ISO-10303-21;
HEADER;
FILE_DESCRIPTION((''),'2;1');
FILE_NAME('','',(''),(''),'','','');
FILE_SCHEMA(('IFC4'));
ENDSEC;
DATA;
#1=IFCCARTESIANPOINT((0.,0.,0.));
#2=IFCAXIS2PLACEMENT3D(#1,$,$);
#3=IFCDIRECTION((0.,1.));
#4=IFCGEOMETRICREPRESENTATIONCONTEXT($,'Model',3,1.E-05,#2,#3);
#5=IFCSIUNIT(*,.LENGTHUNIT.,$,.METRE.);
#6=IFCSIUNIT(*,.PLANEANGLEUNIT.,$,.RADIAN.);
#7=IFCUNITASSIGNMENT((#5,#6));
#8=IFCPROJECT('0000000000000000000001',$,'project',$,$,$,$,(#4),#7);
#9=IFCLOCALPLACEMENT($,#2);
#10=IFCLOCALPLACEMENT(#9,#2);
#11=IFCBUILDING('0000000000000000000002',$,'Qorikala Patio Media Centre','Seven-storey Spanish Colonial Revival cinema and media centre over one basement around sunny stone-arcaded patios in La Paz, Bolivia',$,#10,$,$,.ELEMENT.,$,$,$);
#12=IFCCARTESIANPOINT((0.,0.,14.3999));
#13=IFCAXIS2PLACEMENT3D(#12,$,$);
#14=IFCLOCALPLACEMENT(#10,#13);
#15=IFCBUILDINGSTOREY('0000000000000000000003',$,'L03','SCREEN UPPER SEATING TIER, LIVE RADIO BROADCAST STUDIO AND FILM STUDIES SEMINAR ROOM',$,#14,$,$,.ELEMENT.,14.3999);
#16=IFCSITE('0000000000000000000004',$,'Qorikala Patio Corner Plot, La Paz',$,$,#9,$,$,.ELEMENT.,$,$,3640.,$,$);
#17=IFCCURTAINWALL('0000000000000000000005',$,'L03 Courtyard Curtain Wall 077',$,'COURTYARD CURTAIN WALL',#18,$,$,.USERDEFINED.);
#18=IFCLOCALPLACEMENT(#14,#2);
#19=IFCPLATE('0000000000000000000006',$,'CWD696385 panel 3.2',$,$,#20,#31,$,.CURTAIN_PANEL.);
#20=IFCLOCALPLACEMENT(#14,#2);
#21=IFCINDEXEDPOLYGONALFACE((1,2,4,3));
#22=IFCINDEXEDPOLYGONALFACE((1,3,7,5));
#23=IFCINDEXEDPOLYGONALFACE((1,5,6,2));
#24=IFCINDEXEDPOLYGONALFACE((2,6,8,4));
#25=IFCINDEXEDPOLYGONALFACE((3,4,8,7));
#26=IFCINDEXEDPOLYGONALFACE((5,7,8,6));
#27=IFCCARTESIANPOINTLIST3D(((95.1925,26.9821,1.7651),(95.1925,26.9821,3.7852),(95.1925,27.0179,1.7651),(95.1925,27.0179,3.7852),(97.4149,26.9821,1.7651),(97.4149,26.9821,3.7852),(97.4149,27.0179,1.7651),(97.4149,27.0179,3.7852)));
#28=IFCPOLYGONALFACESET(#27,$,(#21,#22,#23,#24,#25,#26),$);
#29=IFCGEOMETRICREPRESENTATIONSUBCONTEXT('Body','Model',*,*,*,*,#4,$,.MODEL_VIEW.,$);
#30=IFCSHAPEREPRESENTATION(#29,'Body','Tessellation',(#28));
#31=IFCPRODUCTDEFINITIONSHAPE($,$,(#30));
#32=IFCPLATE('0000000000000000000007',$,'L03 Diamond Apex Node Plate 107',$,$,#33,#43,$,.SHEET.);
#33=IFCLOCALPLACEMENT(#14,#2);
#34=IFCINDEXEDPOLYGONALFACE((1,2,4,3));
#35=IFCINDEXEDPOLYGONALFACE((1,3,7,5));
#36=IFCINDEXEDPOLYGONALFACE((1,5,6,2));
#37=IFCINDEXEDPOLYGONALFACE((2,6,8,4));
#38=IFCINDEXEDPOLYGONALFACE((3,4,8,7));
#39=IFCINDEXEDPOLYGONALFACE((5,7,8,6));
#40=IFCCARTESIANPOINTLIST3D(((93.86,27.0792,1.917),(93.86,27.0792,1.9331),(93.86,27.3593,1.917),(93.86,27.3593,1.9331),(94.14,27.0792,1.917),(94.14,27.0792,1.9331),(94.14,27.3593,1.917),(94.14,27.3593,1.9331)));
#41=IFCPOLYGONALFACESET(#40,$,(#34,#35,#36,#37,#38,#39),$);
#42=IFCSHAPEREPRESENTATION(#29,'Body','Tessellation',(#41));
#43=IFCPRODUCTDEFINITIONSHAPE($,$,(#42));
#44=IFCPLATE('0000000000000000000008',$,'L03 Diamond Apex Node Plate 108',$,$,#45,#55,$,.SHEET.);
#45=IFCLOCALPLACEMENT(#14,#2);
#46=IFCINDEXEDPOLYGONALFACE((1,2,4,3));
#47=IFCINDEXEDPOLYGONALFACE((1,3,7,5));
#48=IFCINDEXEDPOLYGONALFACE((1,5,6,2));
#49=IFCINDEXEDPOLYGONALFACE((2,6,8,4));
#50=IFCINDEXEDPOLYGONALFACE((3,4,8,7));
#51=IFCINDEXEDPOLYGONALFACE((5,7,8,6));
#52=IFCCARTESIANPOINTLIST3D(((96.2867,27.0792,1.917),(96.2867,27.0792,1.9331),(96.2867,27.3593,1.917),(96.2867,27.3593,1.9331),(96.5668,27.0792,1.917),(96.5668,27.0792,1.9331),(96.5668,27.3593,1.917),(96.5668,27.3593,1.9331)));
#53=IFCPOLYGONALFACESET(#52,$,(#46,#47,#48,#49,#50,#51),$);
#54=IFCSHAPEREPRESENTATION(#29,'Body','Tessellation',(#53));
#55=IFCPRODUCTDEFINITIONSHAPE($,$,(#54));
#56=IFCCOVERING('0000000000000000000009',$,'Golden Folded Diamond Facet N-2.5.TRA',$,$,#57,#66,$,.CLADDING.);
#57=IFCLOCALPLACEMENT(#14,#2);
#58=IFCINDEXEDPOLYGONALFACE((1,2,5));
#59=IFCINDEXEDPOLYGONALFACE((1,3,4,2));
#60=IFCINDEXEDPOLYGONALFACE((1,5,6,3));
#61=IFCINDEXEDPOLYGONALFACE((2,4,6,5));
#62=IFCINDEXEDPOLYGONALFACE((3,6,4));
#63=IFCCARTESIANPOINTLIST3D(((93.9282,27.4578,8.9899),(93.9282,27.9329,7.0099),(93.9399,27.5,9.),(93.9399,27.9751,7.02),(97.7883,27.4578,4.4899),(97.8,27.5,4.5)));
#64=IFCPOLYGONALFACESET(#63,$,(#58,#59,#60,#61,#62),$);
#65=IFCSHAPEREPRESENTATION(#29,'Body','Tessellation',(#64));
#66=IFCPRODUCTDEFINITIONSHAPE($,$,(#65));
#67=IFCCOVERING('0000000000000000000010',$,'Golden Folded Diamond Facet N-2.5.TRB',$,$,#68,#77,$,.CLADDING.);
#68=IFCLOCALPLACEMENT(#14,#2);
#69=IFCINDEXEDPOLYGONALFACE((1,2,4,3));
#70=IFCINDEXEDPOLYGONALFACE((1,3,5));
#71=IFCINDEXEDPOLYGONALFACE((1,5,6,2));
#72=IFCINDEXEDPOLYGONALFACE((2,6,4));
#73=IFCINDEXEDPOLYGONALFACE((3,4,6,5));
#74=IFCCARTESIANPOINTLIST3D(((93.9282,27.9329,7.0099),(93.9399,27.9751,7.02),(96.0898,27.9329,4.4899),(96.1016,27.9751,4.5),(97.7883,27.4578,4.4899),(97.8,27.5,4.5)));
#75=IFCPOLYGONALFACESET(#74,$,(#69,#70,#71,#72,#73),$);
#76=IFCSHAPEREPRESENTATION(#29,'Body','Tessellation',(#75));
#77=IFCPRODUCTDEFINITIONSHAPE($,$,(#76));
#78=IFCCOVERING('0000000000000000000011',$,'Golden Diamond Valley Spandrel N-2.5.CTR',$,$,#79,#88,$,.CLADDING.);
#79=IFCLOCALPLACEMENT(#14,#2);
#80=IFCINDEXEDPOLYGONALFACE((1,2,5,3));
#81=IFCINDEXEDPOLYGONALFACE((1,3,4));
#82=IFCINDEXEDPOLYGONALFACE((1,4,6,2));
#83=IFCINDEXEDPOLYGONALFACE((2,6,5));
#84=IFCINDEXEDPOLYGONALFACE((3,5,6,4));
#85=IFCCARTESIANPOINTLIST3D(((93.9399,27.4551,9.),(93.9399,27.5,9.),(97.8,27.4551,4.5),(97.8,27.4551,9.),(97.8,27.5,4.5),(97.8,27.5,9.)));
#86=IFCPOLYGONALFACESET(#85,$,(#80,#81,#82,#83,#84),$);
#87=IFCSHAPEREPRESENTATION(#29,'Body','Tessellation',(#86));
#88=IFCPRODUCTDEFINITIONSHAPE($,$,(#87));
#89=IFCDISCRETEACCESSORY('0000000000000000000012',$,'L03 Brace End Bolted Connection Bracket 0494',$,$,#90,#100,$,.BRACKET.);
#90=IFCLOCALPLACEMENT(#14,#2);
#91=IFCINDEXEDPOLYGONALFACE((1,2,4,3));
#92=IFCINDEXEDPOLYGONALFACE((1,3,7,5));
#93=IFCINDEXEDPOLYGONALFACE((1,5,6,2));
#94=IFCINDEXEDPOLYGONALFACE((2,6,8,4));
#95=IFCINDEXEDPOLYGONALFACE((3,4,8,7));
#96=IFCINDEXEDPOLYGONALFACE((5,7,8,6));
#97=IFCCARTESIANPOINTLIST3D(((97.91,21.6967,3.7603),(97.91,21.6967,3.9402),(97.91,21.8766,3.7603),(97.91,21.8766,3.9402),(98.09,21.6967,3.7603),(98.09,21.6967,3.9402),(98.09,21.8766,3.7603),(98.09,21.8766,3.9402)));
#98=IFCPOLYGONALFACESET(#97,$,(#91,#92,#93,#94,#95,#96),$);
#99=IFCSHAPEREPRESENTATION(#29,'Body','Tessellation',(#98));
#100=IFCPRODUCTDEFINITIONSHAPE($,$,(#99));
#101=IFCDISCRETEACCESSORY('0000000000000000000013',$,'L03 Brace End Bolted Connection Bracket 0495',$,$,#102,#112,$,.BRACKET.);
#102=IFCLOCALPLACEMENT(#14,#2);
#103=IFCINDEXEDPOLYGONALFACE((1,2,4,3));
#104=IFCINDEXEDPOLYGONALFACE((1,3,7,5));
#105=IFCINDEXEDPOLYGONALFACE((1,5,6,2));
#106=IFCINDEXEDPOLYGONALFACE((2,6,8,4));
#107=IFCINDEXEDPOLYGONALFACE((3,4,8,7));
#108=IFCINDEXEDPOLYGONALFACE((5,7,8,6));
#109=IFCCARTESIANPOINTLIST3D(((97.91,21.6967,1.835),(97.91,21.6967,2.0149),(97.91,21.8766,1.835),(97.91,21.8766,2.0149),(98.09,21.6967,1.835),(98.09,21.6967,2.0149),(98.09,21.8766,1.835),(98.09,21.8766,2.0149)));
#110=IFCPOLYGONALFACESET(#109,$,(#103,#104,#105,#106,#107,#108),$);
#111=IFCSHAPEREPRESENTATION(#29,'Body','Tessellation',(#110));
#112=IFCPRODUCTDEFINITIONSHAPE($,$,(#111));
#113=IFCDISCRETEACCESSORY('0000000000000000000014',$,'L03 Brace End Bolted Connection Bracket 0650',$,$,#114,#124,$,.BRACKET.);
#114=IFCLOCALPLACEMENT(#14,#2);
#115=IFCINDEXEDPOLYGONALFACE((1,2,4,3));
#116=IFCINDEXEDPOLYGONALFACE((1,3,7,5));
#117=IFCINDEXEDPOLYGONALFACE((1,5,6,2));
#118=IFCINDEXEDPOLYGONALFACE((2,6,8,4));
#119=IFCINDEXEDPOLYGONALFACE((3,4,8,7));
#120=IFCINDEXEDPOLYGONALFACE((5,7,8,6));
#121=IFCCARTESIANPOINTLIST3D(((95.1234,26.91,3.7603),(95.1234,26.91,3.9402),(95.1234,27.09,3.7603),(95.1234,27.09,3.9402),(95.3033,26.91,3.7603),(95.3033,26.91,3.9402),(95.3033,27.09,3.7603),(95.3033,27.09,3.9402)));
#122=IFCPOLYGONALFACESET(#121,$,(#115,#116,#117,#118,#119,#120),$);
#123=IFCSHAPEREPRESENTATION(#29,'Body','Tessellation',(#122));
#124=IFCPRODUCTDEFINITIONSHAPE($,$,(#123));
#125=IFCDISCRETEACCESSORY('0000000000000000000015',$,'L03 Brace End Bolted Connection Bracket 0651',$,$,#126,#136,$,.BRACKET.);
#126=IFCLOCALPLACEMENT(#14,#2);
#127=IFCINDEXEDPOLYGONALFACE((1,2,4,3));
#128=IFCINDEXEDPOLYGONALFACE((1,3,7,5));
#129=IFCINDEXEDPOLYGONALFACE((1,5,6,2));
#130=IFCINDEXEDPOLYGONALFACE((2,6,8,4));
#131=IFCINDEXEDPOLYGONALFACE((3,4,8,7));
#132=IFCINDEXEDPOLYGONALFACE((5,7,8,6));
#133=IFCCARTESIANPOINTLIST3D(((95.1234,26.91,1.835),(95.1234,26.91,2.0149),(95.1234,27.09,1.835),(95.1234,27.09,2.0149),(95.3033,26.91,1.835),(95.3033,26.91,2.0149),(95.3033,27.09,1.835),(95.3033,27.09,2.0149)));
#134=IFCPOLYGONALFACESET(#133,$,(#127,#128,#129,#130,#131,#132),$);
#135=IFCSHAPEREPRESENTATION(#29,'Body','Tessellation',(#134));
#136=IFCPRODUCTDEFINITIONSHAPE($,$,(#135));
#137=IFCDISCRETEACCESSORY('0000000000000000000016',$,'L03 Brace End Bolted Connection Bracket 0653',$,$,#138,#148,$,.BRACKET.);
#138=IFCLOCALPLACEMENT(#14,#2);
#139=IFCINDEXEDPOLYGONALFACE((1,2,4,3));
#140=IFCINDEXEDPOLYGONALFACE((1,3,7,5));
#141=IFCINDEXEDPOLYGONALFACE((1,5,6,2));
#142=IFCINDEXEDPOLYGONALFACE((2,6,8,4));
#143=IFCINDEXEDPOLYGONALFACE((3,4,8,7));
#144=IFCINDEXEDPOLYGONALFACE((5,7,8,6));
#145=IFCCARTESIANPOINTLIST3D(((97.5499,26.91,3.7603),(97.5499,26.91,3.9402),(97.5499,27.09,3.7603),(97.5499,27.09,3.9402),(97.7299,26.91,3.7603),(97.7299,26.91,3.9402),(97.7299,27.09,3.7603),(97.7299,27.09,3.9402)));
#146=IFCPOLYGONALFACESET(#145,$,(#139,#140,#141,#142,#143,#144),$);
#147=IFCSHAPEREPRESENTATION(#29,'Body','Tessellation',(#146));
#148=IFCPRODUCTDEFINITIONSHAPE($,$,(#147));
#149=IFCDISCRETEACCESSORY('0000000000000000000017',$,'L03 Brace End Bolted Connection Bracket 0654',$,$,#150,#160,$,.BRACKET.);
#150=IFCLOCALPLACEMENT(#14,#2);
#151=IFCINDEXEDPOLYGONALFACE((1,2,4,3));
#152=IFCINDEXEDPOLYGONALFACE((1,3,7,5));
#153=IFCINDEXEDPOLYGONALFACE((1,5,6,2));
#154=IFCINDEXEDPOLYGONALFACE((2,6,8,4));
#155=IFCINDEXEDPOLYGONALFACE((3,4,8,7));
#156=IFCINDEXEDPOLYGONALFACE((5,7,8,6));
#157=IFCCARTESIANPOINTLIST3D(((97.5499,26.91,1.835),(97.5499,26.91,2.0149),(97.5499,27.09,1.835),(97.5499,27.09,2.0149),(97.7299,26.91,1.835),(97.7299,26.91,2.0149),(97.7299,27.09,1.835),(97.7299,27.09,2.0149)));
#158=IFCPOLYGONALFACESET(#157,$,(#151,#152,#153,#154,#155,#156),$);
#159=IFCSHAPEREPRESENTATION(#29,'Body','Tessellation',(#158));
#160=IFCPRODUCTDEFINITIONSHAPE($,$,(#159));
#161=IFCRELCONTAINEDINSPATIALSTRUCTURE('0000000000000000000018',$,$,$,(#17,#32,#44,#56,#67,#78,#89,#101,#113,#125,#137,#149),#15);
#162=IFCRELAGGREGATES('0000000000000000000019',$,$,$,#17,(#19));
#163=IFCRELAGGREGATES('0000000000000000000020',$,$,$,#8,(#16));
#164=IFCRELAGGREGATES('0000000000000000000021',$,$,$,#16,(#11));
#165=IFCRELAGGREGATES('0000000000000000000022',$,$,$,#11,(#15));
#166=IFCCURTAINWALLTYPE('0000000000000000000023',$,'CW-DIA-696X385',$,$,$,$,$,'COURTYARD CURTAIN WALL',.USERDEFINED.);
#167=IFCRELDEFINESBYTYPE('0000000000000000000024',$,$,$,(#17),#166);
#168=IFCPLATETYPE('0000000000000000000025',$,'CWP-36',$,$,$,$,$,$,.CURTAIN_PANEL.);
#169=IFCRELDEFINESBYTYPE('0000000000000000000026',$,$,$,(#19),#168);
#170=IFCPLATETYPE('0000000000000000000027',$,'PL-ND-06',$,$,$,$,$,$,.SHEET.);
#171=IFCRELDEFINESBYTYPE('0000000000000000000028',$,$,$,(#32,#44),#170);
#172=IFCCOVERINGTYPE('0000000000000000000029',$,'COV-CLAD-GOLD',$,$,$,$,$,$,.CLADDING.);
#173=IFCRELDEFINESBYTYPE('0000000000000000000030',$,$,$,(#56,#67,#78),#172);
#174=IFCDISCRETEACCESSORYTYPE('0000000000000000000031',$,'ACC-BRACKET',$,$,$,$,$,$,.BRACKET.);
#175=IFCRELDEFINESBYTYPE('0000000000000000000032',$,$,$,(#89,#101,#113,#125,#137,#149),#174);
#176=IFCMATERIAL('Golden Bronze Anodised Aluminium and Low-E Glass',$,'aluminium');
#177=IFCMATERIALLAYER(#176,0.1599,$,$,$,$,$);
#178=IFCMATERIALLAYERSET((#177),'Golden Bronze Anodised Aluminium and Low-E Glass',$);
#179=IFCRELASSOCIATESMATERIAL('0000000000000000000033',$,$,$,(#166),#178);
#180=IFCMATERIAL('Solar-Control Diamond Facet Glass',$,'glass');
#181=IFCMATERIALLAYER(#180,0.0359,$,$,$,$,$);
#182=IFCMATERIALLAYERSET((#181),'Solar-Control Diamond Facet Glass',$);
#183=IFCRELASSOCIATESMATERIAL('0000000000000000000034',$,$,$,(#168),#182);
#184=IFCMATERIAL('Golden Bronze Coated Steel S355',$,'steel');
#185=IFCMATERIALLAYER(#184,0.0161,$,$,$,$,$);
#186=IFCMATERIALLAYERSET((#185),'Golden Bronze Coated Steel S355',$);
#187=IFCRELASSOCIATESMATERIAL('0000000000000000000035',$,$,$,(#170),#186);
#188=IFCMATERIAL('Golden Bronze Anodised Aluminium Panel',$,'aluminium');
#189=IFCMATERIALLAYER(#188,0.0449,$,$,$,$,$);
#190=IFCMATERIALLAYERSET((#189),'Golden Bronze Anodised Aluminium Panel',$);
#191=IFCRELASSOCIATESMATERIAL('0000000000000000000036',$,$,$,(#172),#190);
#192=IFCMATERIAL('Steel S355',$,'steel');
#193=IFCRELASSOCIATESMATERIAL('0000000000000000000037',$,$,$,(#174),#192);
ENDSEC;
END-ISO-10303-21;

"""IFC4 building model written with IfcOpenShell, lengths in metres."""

from ifc_helpers import new_model, si_unit, direction, frame, origin, origin_2d, place, context, subcontext, project, spatial, polyline, rectangle, outline, extrude, material, layer, layer_set, type_object, element, aggregate, save


model = new_model("IFC4")

# Units and contexts
model_context = context("Model", 3, precision=1e-05, world=origin(), true_north=direction((0.0, 1.0)))
body_context = subcontext(model_context, "Body", "Model", "MODEL_VIEW")
ifc_project = project(units=[si_unit("LENGTHUNIT", "METRE"), si_unit("PLANEANGLEUNIT", "RADIAN")], contexts=[model_context])

# Site, building, storey
site_placement = place(None, origin())
site = spatial("IfcSite", under=ifc_project, at=site_placement, Name="Qorikala Patio Corner Plot, La Paz", CompositionType="ELEMENT", RefElevation=3640.0)
building_placement = place(site_placement, origin())
building = spatial("IfcBuilding", under=site, at=building_placement, Name="Qorikala Patio Media Centre", Description="Seven-storey Spanish Colonial Revival cinema and media centre over one basement around sunny stone-arcaded patios in La Paz, Bolivia", CompositionType="ELEMENT")
storey_placement = place(building_placement, frame((0.0, 0.0, 14.3999)))
storey = spatial("IfcBuildingStorey", under=building, at=storey_placement, Name="L03", Description="SCREEN UPPER SEATING TIER, LIVE RADIO BROADCAST STUDIO AND FILM STUDIES SEMINAR ROOM", CompositionType="ELEMENT", Elevation=14.3999)

# Shared definitions
ifc_material_1 = material(Name="Golden Bronze Coated Steel S355", Category="steel")

# Curtain wall
ifc_material_2 = material(Name="Golden Bronze Anodised Aluminium and Low-E Glass", Category="aluminium")
ifc_layer_1 = layer(ifc_material_2, 0.1599)
ifc_layer_set_1 = layer_set([ifc_layer_1], Name="Golden Bronze Anodised Aluminium and Low-E Glass")
curtain_wall_type = type_object("IfcCurtainWallType", Name="CW-DIA-696X385", ElementType="COURTYARD CURTAIN WALL", PredefinedType="USERDEFINED", material=ifc_layer_set_1)
curtain_wall_1_placement = place(storey_placement, origin())
curtain_wall_1 = element("IfcCurtainWall", 1, at=curtain_wall_1_placement, inside=storey, type_object=curtain_wall_type, Name="L03 Courtyard Curtain Wall 077", ObjectType="COURTYARD CURTAIN WALL", PredefinedType="USERDEFINED")

# Plate
ifc_material_3 = material(Name="Solar-Control Diamond Facet Glass", Category="glass")
ifc_layer_2 = layer(ifc_material_3, 0.0359)
ifc_layer_set_2 = layer_set([ifc_layer_2], Name="Solar-Control Diamond Facet Glass")
plate_type_1 = type_object("IfcPlateType", Name="CWP-36", PredefinedType="CURTAIN_PANEL", material=ifc_layer_set_2)
plate_1_placement = place(storey_placement, frame((96.3037, 27.0, 1.7651), z_axis=(0.0, 0.0, 1.0), x_axis=(1.0, 0.0, 0.0)))
plate_1 = element("IfcPlate", 2, at=plate_1_placement, type_object=plate_type_1, Name="CWD696385 panel 3.2", PredefinedType="CURTAIN_PANEL", context=body_context, shape_type="SweptSolid", body=[
    extrude(rectangle(XDim=2.2224, YDim=0.0359, at=origin_2d()), origin(), (0.0, 0.0, 1.0), 2.02),
])
aggregate(curtain_wall_1, [plate_1])

# Plates
ifc_layer_3 = layer(ifc_material_1, 0.0161)
ifc_layer_set_3 = layer_set([ifc_layer_3], Name="Golden Bronze Coated Steel S355")
plate_type_2 = type_object("IfcPlateType", Name="PL-ND-06", PredefinedType="SHEET", material=ifc_layer_set_3)
for number, where, z_axis, x_axis, name in (
    (3, (94.0, 27.2192, 1.917), (0.0, 0.0, 1.0), (1.0, 0.0, 0.0), "L03 Diamond Apex Node Plate 107"),
    (4, (96.4268, 27.2192, 1.917), (0.0, 0.0, 1.0), (1.0, 0.0, 0.0), "L03 Diamond Apex Node Plate 108"),
):
    element("IfcPlate", number, at=place(storey_placement, frame(where, z_axis=z_axis, x_axis=x_axis)), inside=storey, type_object=plate_type_2, Name=name, PredefinedType="SHEET", context=body_context, shape_type="SweptSolid", body=[
        extrude(rectangle(XDim=0.28, YDim=0.28, at=origin_2d()), origin(), (0.0, 0.0, 1.0), 0.0161),
    ])

# Coverings
ifc_material_4 = material(Name="Golden Bronze Anodised Aluminium Panel", Category="aluminium")
ifc_layer_4 = layer(ifc_material_4, 0.0449)
ifc_layer_set_4 = layer_set([ifc_layer_4], Name="Golden Bronze Anodised Aluminium Panel")
covering_type = type_object("IfcCoveringType", Name="COV-CLAD-GOLD", PredefinedType="CLADDING", material=ifc_layer_set_4)
covering_1_placement = place(storey_placement, frame((97.8, 27.5, 4.5), z_axis=(0.26247, 0.938306, 0.225147), x_axis=(-0.65108, 0.0, 0.759009)))
element("IfcCovering", 5, at=covering_1_placement, inside=storey, type_object=covering_type, Name="Golden Folded Diamond Facet N-2.5.TRA", PredefinedType="CLADDING", context=body_context, shape_type="SweptSolid", body=[
    extrude(outline(polyline([(0.0, 0.0), (5.9288, 0.0), (4.426, -1.3739), (0.0, 0.0)])), origin(), (0.0, 0.0, -1.0), 0.0449),
])
covering_2_placement = place(storey_placement, frame((97.8, 27.5, 4.5), z_axis=(0.262463, 0.938311, 0.225135), x_axis=(-0.832945, 0.102518, 0.543777)))
element("IfcCovering", 6, at=covering_2_placement, inside=storey, type_object=covering_type, Name="Golden Folded Diamond Facet N-2.5.TRB", PredefinedType="CLADDING", context=body_context, shape_type="SweptSolid", body=[
    extrude(outline(polyline([(0.0, 0.0), (4.6343, 0.0), (1.4635, -0.9843), (0.0, 0.0)])), origin(), (0.0, 0.0, -1.0), 0.0449),
])
covering_3_placement = place(storey_placement, frame((97.8, 27.5, 9.0), z_axis=(0.0, 1.0, 0.0), x_axis=(0.0, 0.0, -1.0)))
element("IfcCovering", 7, at=covering_3_placement, inside=storey, type_object=covering_type, Name="Golden Diamond Valley Spandrel N-2.5.CTR", PredefinedType="CLADDING", context=body_context, shape_type="SweptSolid", body=[
    extrude(outline(polyline([(0.0, 0.0), (4.5, 0.0), (0.0, 3.8601), (0.0, 0.0)])), origin(), (0.0, 0.0, -1.0), 0.0449),
])

# Discrete accessories
ifc_material_5 = material(Name="Steel S355", Category="steel")
discrete_accessory_type = type_object("IfcDiscreteAccessoryType", Name="ACC-BRACKET", PredefinedType="BRACKET", material=ifc_material_5)
for number, where, z_axis, x_axis, name in (
    (8, (98.0, 21.7866, 3.7603), (0.0, 0.0, 1.0), (1.0, 0.0, 0.0), "L03 Brace End Bolted Connection Bracket 0494"),
    (9, (98.0, 21.7866, 1.835), (0.0, 0.0, 1.0), (1.0, 0.0, 0.0), "L03 Brace End Bolted Connection Bracket 0495"),
    (10, (95.2134, 27.0, 3.7603), (0.0, 0.0, 1.0), (1.0, 0.0, 0.0), "L03 Brace End Bolted Connection Bracket 0650"),
    (11, (95.2134, 27.0, 1.835), (0.0, 0.0, 1.0), (1.0, 0.0, 0.0), "L03 Brace End Bolted Connection Bracket 0651"),
    (12, (97.6399, 27.0, 3.7603), (0.0, 0.0, 1.0), (1.0, 0.0, 0.0), "L03 Brace End Bolted Connection Bracket 0653"),
    (13, (97.6399, 27.0, 1.835), (0.0, 0.0, 1.0), (1.0, 0.0, 0.0), "L03 Brace End Bolted Connection Bracket 0654"),
):
    element("IfcDiscreteAccessory", number, at=place(storey_placement, frame(where, z_axis=z_axis, x_axis=x_axis)), inside=storey, type_object=discrete_accessory_type, Name=name, PredefinedType="BRACKET", context=body_context, shape_type="SweptSolid", body=[
        extrude(rectangle(XDim=0.1799, YDim=0.1799, at=origin_2d()), origin(), (0.0, 0.0, 1.0), 0.1799),
    ])

save(model, "model.ifc")
